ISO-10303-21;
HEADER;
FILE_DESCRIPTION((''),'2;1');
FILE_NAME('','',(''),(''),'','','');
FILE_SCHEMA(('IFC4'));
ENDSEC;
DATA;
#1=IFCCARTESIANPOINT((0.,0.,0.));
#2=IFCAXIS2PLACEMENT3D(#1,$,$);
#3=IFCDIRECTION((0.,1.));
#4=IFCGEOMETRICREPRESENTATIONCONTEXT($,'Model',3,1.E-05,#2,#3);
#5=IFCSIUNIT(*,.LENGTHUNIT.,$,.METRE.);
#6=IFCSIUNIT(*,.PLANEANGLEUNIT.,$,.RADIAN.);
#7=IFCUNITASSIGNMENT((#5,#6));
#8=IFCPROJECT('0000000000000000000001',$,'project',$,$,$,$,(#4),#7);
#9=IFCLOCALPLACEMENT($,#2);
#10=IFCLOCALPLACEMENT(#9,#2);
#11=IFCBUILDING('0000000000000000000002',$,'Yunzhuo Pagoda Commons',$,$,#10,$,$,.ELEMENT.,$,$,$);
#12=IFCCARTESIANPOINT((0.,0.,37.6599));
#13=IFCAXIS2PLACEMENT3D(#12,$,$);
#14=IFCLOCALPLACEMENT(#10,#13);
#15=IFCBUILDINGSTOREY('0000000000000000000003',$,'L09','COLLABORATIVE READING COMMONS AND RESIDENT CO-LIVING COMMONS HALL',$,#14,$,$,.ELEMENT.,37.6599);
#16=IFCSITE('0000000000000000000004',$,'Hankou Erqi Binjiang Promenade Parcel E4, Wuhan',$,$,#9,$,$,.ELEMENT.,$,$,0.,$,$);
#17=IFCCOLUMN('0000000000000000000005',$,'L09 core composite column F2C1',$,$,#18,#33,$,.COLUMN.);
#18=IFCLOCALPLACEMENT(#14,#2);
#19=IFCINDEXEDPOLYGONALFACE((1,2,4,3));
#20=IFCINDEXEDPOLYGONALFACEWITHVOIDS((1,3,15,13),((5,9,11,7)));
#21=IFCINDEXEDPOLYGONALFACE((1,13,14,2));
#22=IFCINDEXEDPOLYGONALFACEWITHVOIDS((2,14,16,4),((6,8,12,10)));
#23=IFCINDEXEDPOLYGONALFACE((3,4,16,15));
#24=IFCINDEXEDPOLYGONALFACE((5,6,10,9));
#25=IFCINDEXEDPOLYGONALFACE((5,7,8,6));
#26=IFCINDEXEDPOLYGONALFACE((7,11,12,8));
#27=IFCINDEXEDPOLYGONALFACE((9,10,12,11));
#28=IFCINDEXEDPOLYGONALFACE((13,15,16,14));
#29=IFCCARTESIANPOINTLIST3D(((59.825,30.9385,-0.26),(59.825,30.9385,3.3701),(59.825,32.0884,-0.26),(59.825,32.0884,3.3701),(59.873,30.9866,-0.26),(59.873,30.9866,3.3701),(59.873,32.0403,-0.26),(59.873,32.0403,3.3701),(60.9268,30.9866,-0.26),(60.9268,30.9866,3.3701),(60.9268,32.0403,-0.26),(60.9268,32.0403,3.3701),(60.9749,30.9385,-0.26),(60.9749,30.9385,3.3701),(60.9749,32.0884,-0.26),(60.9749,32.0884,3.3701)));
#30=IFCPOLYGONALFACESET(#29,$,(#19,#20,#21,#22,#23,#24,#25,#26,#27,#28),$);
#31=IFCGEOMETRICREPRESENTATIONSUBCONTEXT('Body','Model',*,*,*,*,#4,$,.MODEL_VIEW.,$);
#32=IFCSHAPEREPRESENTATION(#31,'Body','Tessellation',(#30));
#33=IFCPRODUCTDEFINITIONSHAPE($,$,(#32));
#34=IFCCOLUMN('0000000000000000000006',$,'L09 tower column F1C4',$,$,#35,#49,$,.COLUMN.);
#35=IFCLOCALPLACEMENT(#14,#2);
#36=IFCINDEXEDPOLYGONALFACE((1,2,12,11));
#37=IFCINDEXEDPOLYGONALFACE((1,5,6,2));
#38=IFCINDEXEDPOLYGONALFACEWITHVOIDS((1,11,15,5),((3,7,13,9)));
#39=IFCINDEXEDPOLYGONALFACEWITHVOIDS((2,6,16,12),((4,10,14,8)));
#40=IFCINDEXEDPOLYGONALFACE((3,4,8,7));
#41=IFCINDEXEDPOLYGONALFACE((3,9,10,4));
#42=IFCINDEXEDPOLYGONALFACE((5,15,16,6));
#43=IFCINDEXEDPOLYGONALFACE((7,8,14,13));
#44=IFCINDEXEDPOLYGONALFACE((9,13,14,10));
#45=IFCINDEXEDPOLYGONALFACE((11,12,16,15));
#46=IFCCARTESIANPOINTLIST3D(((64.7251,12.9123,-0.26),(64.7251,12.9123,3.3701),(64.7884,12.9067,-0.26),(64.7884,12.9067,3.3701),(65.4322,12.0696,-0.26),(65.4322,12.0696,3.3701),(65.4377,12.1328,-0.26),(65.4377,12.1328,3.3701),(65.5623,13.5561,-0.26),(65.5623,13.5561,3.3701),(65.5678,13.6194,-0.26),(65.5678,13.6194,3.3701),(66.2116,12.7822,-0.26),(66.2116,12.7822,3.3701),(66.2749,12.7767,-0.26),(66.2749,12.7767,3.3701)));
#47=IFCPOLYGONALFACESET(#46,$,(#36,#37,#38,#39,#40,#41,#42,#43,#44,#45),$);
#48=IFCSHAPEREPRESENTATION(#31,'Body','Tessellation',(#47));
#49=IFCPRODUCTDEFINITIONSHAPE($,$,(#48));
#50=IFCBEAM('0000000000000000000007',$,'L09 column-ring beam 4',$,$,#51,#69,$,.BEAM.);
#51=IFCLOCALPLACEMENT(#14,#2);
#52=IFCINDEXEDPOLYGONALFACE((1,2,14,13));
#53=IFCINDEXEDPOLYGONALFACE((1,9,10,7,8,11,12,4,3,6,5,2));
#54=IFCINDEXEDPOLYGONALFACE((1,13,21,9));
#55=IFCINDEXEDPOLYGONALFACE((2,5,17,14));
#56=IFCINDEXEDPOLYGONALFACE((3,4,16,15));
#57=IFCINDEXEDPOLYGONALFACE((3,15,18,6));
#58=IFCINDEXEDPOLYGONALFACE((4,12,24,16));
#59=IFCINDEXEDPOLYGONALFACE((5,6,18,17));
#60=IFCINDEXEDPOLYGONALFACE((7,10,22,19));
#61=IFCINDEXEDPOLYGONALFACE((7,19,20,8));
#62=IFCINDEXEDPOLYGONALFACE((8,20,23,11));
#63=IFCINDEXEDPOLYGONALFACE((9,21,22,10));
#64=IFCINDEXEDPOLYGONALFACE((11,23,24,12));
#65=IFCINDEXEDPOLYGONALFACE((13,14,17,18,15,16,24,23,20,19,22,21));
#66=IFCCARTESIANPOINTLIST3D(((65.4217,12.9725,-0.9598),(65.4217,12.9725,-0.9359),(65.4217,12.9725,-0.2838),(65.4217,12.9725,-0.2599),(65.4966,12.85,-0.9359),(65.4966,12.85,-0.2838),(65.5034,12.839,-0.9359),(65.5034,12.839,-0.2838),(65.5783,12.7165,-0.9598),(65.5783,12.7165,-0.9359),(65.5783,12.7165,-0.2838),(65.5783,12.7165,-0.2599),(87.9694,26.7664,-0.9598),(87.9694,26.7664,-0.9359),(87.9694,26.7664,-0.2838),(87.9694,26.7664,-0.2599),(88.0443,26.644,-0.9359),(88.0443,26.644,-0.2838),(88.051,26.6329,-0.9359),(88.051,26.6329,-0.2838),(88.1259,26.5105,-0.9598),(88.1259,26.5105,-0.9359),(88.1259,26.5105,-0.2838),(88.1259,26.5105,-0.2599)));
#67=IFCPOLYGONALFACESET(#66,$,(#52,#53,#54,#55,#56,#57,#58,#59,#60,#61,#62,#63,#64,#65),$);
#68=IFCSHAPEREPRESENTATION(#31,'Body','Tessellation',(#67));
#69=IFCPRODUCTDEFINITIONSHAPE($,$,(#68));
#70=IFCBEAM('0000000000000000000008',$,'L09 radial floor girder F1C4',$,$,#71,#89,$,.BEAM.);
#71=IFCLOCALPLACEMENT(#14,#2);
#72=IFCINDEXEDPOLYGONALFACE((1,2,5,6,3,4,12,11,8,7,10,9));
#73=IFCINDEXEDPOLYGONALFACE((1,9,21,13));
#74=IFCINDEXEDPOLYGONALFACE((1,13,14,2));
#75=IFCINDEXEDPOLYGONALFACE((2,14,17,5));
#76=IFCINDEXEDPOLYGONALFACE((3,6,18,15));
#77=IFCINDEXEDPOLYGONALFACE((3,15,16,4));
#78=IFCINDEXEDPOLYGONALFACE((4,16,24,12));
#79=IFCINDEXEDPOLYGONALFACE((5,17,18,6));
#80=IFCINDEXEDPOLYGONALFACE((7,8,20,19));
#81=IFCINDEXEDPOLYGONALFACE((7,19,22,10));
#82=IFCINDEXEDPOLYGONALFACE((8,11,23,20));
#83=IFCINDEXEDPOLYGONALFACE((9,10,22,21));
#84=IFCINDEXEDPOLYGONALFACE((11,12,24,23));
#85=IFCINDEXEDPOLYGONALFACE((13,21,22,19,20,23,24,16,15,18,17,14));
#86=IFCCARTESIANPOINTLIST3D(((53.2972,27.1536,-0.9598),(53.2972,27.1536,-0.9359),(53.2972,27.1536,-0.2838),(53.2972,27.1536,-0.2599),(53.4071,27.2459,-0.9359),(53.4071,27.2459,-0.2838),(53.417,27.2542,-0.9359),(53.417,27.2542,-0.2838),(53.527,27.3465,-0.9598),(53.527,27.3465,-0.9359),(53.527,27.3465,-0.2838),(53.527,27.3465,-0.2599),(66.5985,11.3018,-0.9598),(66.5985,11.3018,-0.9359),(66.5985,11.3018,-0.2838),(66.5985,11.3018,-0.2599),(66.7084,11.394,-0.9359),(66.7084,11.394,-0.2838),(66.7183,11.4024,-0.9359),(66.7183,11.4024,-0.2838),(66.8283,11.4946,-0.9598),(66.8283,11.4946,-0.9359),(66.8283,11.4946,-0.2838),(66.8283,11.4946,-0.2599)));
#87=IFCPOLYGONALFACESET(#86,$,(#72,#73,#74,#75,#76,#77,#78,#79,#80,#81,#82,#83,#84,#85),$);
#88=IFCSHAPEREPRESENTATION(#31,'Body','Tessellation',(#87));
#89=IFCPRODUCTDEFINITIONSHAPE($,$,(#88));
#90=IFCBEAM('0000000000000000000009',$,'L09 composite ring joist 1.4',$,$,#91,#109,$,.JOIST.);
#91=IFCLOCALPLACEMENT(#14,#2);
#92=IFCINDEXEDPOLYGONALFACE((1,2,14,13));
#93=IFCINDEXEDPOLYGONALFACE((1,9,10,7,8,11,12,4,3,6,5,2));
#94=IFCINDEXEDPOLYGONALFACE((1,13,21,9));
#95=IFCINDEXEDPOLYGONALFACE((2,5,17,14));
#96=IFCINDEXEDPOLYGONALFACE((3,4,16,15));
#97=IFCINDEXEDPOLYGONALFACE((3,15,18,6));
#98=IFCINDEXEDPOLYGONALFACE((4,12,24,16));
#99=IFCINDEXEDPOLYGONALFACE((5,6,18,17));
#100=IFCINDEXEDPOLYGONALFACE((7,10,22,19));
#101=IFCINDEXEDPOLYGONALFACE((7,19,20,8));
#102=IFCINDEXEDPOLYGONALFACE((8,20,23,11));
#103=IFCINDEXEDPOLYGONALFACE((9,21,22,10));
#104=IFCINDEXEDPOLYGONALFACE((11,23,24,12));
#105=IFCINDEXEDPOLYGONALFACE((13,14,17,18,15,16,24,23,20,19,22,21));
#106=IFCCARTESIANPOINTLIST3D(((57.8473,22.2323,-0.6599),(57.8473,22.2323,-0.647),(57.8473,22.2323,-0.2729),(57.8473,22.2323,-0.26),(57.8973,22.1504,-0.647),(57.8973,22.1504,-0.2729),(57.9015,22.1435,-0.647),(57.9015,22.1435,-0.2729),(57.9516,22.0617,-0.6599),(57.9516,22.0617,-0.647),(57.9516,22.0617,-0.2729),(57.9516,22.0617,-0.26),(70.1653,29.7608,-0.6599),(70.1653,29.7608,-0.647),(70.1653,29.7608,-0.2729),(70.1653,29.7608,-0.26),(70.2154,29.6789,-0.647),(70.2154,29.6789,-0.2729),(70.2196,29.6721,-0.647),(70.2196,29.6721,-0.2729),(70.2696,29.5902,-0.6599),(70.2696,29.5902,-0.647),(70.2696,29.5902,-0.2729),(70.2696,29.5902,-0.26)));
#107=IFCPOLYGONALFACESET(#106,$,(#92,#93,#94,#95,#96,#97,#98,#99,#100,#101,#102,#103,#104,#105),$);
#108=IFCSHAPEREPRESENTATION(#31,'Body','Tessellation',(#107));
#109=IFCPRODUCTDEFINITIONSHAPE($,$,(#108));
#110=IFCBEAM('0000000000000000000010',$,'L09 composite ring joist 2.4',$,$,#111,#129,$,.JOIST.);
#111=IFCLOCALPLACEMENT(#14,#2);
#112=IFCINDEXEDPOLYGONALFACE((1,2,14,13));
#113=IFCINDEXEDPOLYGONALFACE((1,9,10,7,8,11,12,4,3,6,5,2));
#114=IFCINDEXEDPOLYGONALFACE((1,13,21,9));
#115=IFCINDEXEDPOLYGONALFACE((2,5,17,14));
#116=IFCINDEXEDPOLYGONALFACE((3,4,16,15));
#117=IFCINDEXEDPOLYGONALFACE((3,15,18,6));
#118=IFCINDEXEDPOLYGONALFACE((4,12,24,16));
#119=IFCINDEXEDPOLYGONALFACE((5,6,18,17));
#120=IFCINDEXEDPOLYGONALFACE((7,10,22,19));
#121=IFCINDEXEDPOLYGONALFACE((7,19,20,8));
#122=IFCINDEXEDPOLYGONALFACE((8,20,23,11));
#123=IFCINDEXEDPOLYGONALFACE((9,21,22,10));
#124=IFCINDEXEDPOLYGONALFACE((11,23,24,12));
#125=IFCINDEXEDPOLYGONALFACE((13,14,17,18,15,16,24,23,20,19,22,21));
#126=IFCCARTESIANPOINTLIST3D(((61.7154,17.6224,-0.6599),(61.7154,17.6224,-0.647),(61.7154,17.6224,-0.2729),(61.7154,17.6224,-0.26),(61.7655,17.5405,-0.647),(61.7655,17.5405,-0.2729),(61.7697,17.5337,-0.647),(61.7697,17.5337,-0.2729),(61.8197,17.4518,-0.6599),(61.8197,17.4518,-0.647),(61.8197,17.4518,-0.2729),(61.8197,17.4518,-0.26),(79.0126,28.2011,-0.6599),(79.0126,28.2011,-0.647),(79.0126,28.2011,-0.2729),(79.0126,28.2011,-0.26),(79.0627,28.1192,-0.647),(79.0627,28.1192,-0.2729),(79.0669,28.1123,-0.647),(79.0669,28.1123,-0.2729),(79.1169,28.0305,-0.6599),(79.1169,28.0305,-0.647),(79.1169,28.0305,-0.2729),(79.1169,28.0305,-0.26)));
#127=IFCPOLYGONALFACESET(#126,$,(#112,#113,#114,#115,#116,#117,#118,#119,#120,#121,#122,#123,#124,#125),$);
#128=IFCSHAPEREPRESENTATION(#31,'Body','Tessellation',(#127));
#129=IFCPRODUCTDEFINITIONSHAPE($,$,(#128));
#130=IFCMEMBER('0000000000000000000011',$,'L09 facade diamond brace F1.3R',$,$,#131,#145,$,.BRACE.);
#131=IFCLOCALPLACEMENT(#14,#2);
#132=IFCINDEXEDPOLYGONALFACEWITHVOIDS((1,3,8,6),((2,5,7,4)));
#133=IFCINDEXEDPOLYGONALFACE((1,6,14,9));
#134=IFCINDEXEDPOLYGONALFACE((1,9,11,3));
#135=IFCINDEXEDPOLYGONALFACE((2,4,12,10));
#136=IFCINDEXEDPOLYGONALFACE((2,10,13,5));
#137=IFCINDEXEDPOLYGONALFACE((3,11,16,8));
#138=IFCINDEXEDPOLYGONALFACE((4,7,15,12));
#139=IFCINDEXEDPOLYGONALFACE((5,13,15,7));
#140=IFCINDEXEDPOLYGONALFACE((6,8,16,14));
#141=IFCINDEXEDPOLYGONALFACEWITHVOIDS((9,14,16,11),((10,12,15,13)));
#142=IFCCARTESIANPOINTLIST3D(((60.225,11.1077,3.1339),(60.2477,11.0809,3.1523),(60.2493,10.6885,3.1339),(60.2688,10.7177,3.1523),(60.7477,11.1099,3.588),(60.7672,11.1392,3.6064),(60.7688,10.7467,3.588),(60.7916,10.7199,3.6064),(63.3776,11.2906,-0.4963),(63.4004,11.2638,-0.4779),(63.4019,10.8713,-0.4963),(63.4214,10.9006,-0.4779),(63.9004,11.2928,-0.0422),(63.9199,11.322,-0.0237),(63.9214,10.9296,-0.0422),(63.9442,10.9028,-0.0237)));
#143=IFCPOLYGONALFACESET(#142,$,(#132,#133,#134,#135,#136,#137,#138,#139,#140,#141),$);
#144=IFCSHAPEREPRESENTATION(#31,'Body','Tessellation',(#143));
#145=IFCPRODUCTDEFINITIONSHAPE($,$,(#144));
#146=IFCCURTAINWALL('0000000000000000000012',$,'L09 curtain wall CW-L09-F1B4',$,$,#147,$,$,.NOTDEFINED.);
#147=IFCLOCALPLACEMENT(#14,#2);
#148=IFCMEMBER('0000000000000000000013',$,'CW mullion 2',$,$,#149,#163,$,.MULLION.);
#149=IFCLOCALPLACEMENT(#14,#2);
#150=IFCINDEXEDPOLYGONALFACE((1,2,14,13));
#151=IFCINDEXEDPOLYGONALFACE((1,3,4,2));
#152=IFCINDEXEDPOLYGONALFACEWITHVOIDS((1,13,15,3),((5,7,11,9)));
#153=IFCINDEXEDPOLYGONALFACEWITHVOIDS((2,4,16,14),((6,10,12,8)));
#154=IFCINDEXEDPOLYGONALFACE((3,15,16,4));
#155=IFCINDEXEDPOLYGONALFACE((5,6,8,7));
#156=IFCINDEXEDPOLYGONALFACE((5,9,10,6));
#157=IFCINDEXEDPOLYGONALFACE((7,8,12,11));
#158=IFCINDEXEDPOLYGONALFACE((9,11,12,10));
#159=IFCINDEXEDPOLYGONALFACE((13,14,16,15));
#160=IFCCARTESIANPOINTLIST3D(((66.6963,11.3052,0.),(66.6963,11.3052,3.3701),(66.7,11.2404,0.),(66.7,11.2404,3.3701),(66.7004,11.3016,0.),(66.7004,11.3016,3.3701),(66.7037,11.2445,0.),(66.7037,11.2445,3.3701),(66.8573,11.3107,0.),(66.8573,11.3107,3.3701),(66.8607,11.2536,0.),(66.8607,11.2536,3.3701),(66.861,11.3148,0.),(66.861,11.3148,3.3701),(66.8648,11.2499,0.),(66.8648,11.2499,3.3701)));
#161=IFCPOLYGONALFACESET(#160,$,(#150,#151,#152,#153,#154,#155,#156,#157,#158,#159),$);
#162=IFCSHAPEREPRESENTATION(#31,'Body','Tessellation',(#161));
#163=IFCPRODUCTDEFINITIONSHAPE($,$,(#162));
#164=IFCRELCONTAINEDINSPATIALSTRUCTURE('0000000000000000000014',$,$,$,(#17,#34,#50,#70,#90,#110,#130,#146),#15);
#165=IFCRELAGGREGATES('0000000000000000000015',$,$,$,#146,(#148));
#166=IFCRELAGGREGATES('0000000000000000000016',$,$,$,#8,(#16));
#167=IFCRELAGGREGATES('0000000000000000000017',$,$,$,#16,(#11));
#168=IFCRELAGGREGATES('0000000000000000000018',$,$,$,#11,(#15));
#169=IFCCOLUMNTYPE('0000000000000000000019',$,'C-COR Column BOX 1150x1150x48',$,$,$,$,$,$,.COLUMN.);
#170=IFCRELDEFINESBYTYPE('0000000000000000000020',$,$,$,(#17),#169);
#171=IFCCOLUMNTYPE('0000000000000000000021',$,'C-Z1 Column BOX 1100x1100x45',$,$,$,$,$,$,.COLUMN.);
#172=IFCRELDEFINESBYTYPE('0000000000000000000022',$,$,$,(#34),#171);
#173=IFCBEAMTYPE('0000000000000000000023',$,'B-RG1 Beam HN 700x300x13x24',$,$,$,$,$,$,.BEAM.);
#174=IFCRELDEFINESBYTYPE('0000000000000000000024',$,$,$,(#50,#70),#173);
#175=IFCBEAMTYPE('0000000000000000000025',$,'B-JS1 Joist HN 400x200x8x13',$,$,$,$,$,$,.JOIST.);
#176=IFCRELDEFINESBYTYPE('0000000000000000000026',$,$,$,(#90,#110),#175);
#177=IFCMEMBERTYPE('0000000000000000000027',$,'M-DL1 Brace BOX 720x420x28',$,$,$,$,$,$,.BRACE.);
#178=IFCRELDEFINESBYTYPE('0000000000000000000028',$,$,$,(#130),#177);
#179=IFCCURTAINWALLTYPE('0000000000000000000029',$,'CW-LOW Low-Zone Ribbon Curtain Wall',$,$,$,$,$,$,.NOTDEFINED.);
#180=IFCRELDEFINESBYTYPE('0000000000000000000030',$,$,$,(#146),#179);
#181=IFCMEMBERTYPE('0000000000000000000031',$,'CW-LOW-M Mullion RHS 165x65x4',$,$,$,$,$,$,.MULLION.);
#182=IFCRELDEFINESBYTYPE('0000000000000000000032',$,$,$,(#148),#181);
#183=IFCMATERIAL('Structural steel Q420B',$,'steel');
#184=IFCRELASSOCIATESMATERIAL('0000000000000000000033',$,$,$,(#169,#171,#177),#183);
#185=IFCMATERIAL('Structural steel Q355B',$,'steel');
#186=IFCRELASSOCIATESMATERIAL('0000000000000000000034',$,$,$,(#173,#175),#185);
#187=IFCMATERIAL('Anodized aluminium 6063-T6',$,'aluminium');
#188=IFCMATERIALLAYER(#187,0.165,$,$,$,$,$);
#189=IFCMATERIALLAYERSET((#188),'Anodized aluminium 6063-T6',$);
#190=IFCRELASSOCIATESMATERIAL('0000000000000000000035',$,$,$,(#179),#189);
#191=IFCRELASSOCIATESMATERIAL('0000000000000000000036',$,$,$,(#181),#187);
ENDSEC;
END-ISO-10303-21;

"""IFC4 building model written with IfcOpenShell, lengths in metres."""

from ifc_helpers import new_model, si_unit, direction, frame, origin, origin_2d, place, context, subcontext, project, spatial, hollow_rectangle, i_section, extrude, source, transform, mapped, material, layer, layer_set, material_profile, profile_set, type_object, element, aggregate, save


model = new_model("IFC4")

# Units and contexts
model_context = context("Model", 3, precision=1e-05, world=origin(), true_north=direction((0.0, 1.0)))
body_context = subcontext(model_context, "Body", "Model", "MODEL_VIEW")
ifc_project = project(units=[si_unit("LENGTHUNIT", "METRE"), si_unit("PLANEANGLEUNIT", "RADIAN")], contexts=[model_context])

# Site, building, storey
site_placement = place(None, origin())
site = spatial("IfcSite", under=ifc_project, at=site_placement, Name="Hankou Erqi Binjiang Promenade Parcel E4, Wuhan", CompositionType="ELEMENT", RefElevation=0.0)
building_placement = place(site_placement, origin())
building = spatial("IfcBuilding", under=site, at=building_placement, Name="Yunzhuo Pagoda Commons", CompositionType="ELEMENT")
storey_placement = place(building_placement, frame((0.0, 0.0, 37.6599)))
storey = spatial("IfcBuildingStorey", under=building, at=storey_placement, Name="L09", Description="COLLABORATIVE READING COMMONS AND RESIDENT CO-LIVING COMMONS HALL", CompositionType="ELEMENT", Elevation=37.6599)

# Columns
ifc_material_1 = material(Name="Structural steel Q420B", Category="steel")
ifc_material_profile_1 = material_profile(ifc_material_1, hollow_rectangle(XDim=1.1499, YDim=1.1499, WallThickness=0.0481, at=origin_2d()), Name="Structural steel Q420B")
ifc_profile_set_1 = profile_set([ifc_material_profile_1], Name="Structural steel Q420B")
column_type_1 = type_object("IfcColumnType", Name="C-COR Column BOX 1150x1150x48", PredefinedType="COLUMN", material=ifc_profile_set_1)
shared_shape_1 = source(origin(), body_context, "Body", "SweptSolid", [
    extrude(hollow_rectangle(XDim=1.1499, YDim=1.1499, WallThickness=0.0481, at=origin_2d()), origin(), (0.0, 0.0, 1.0), 3.6301),
])
column_1_placement = place(storey_placement, frame((60.3999, 31.5134, -0.26), z_axis=(0.0, 0.0, 1.0), x_axis=(1.0, 0.0, 0.0)))
element("IfcColumn", 1, at=column_1_placement, inside=storey, type_object=column_type_1, Name="L09 core composite column F2C1", PredefinedType="COLUMN", context=body_context, shape_type="MappedRepresentation", body=[
    mapped(shared_shape_1, transform((0.0, 0.0, 0.0), scale=1.0)),
])
ifc_material_profile_2 = material_profile(ifc_material_1, hollow_rectangle(XDim=1.1001, YDim=1.1001, WallThickness=0.0449, at=origin_2d()), Name="Structural steel Q420B")
ifc_profile_set_2 = profile_set([ifc_material_profile_2], Name="Structural steel Q420B")
column_type_2 = type_object("IfcColumnType", Name="C-Z1 Column BOX 1100x1100x45", PredefinedType="COLUMN", material=ifc_profile_set_2)
shared_shape_2 = source(origin(), body_context, "Body", "SweptSolid", [
    extrude(hollow_rectangle(XDim=1.1001, YDim=1.1001, WallThickness=0.0449, at=origin_2d()), origin(), (0.0, 0.0, 1.0), 3.6301),
])
column_2_placement = place(storey_placement, frame((65.5, 12.8445, -0.26), z_axis=(0.0, 0.0, 1.0), x_axis=(0.766044, 0.642788, 0.0)))
element("IfcColumn", 2, at=column_2_placement, inside=storey, type_object=column_type_2, Name="L09 tower column F1C4", PredefinedType="COLUMN", context=body_context, shape_type="MappedRepresentation", body=[
    mapped(shared_shape_2, transform((0.0, 0.0, 0.0), scale=1.0)),
])

# Beams
ifc_material_2 = material(Name="Structural steel Q355B", Category="steel")
ifc_material_profile_3 = material_profile(ifc_material_2, i_section(OverallWidth=0.3, OverallDepth=0.7, WebThickness=0.0129, FlangeThickness=0.0239, at=origin_2d()), Name="Structural steel Q355B")
ifc_profile_set_3 = profile_set([ifc_material_profile_3], Name="Structural steel Q355B")
beam_type_1 = type_object("IfcBeamType", Name="B-RG1 Beam HN 700x300x13x24", PredefinedType="BEAM", material=ifc_profile_set_3)
shared_shape_3 = source(origin(), body_context, "Body", "SweptSolid", [
    extrude(i_section(OverallWidth=0.3, OverallDepth=0.7, WebThickness=0.0129, FlangeThickness=0.0239, at=origin_2d()), origin(), (0.0, 0.0, 1.0), 26.4324),
])
beam_1_placement = place(storey_placement, frame((65.5, 12.8445, -0.6099), z_axis=(0.853032, 0.521859, 0.0), x_axis=(-0.521859, 0.853032, 0.0)))
element("IfcBeam", 3, at=beam_1_placement, inside=storey, type_object=beam_type_1, Name="L09 column-ring beam 4", PredefinedType="BEAM", context=body_context, shape_type="MappedRepresentation", body=[
    mapped(shared_shape_3, transform((0.0, 0.0, 0.0), scale=1.0)),
])
shared_shape_4 = source(origin(), body_context, "Body", "SweptSolid", [
    extrude(i_section(OverallWidth=0.3, OverallDepth=0.7, WebThickness=0.0129, FlangeThickness=0.0239, at=origin_2d()), origin(), (0.0, 0.0, 1.0), 20.6931),
])
beam_2_placement = place(storey_placement, frame((66.7134, 11.3982, -0.6099), z_axis=(-0.642788, 0.766044, 0.0), x_axis=(-0.766044, -0.642788, 0.0)))
element("IfcBeam", 4, at=beam_2_placement, inside=storey, type_object=beam_type_1, Name="L09 radial floor girder F1C4", PredefinedType="BEAM", context=body_context, shape_type="MappedRepresentation", body=[
    mapped(shared_shape_4, transform((0.0, 0.0, 0.0), scale=1.0)),
])
ifc_material_profile_4 = material_profile(ifc_material_2, i_section(OverallWidth=0.2, OverallDepth=0.3999, WebThickness=0.0081, FlangeThickness=0.0129, at=origin_2d()), Name="Structural steel Q355B")
ifc_profile_set_4 = profile_set([ifc_material_profile_4], Name="Structural steel Q355B")
beam_type_2 = type_object("IfcBeamType", Name="B-JS1 Joist HN 400x200x8x13", PredefinedType="JOIST", material=ifc_profile_set_4)
shared_shape_5 = source(origin(), body_context, "Body", "SweptSolid", [
    extrude(i_section(OverallWidth=0.2, OverallDepth=0.3999, WebThickness=0.0081, FlangeThickness=0.0129, at=origin_2d()), origin(), (0.0, 0.0, 1.0), 14.4365),
])
beam_3_placement = place(storey_placement, frame((57.8994, 22.147, -0.46), z_axis=(0.853256, 0.521492, 0.0), x_axis=(-0.521492, 0.853256, 0.0)))
element("IfcBeam", 5, at=beam_3_placement, inside=storey, type_object=beam_type_2, Name="L09 composite ring joist 1.4", PredefinedType="JOIST", context=body_context, shape_type="MappedRepresentation", body=[
    mapped(shared_shape_5, transform((0.0, 0.0, 0.0), scale=1.0)),
])
shared_shape_6 = source(origin(), body_context, "Body", "SweptSolid", [
    extrude(i_section(OverallWidth=0.2, OverallDepth=0.3999, WebThickness=0.0081, FlangeThickness=0.0129, at=origin_2d()), origin(), (0.0, 0.0, 1.0), 20.2756),
])
beam_4_placement = place(storey_placement, frame((61.7676, 17.5371, -0.46), z_axis=(0.853103, 0.521743, 0.0), x_axis=(-0.521743, 0.853103, 0.0)))
element("IfcBeam", 6, at=beam_4_placement, inside=storey, type_object=beam_type_2, Name="L09 composite ring joist 2.4", PredefinedType="JOIST", context=body_context, shape_type="MappedRepresentation", body=[
    mapped(shared_shape_6, transform((0.0, 0.0, 0.0), scale=1.0)),
])

# Member
ifc_material_profile_5 = material_profile(ifc_material_1, hollow_rectangle(XDim=0.4199, YDim=0.72, WallThickness=0.0281, at=origin_2d()), Name="Structural steel Q420B")
ifc_profile_set_5 = profile_set([ifc_material_profile_5], Name="Structural steel Q420B")
member_type_1 = type_object("IfcMemberType", Name="M-DL1 Brace BOX 720x420x28", PredefinedType="BRACE", material=ifc_profile_set_5)
shared_shape_7 = source(origin(), body_context, "Body", "SweptSolid", [
    extrude(hollow_rectangle(XDim=0.4199, YDim=0.72, WallThickness=0.0281, at=origin_2d()), origin(), (0.0, 0.0, 1.0), 4.8115),
])
member_1_placement = place(storey_placement, frame((63.6609, 11.0967, -0.26), z_axis=(-0.655226, -0.038005, 0.754476), x_axis=(0.057906, -0.998322, 0.0)))
element("IfcMember", 7, at=member_1_placement, inside=storey, type_object=member_type_1, Name="L09 facade diamond brace F1.3R", PredefinedType="BRACE", context=body_context, shape_type="MappedRepresentation", body=[
    mapped(shared_shape_7, transform((0.0, 0.0, 0.0), scale=1.0)),
])

# Curtain wall, member
ifc_material_3 = material(Name="Anodized aluminium 6063-T6", Category="aluminium")
ifc_layer_1 = layer(ifc_material_3, 0.165)
ifc_layer_set_1 = layer_set([ifc_layer_1], Name="Anodized aluminium 6063-T6")
curtain_wall_type = type_object("IfcCurtainWallType", Name="CW-LOW Low-Zone Ribbon Curtain Wall", PredefinedType="NOTDEFINED", material=ifc_layer_set_1)
curtain_wall_1_placement = place(storey_placement, origin())
curtain_wall_1 = element("IfcCurtainWall", 8, at=curtain_wall_1_placement, inside=storey, type_object=curtain_wall_type, Name="L09 curtain wall CW-L09-F1B4", PredefinedType="NOTDEFINED")
ifc_material_profile_6 = material_profile(ifc_material_3, hollow_rectangle(XDim=0.0649, YDim=0.165, WallThickness=0.0039, at=origin_2d()), Name="Anodized aluminium 6063-T6")
ifc_profile_set_6 = profile_set([ifc_material_profile_6], Name="Anodized aluminium 6063-T6")
member_type_2 = type_object("IfcMemberType", Name="CW-LOW-M Mullion RHS 165x65x4", PredefinedType="MULLION", material=ifc_profile_set_6)
shared_shape_8 = source(origin(), body_context, "Body", "SweptSolid", [
    extrude(hollow_rectangle(XDim=0.0649, YDim=0.165, WallThickness=0.0039, at=origin_2d()), origin(), (0.0, 0.0, 1.0), 3.3701),
])
member_2_placement = place(storey_placement, frame((66.7805, 11.2776, 0.0), z_axis=(0.0, 0.0, 1.0), x_axis=(-0.057899, 0.998322, 0.0)))
member_2 = element("IfcMember", 9, at=member_2_placement, type_object=member_type_2, Name="CW mullion 2", PredefinedType="MULLION", context=body_context, shape_type="MappedRepresentation", body=[
    mapped(shared_shape_8, transform((0.0, 0.0, 0.0), scale=1.0)),
])

aggregate(curtain_wall_1, [member_2])

save(model, "model.ifc")
